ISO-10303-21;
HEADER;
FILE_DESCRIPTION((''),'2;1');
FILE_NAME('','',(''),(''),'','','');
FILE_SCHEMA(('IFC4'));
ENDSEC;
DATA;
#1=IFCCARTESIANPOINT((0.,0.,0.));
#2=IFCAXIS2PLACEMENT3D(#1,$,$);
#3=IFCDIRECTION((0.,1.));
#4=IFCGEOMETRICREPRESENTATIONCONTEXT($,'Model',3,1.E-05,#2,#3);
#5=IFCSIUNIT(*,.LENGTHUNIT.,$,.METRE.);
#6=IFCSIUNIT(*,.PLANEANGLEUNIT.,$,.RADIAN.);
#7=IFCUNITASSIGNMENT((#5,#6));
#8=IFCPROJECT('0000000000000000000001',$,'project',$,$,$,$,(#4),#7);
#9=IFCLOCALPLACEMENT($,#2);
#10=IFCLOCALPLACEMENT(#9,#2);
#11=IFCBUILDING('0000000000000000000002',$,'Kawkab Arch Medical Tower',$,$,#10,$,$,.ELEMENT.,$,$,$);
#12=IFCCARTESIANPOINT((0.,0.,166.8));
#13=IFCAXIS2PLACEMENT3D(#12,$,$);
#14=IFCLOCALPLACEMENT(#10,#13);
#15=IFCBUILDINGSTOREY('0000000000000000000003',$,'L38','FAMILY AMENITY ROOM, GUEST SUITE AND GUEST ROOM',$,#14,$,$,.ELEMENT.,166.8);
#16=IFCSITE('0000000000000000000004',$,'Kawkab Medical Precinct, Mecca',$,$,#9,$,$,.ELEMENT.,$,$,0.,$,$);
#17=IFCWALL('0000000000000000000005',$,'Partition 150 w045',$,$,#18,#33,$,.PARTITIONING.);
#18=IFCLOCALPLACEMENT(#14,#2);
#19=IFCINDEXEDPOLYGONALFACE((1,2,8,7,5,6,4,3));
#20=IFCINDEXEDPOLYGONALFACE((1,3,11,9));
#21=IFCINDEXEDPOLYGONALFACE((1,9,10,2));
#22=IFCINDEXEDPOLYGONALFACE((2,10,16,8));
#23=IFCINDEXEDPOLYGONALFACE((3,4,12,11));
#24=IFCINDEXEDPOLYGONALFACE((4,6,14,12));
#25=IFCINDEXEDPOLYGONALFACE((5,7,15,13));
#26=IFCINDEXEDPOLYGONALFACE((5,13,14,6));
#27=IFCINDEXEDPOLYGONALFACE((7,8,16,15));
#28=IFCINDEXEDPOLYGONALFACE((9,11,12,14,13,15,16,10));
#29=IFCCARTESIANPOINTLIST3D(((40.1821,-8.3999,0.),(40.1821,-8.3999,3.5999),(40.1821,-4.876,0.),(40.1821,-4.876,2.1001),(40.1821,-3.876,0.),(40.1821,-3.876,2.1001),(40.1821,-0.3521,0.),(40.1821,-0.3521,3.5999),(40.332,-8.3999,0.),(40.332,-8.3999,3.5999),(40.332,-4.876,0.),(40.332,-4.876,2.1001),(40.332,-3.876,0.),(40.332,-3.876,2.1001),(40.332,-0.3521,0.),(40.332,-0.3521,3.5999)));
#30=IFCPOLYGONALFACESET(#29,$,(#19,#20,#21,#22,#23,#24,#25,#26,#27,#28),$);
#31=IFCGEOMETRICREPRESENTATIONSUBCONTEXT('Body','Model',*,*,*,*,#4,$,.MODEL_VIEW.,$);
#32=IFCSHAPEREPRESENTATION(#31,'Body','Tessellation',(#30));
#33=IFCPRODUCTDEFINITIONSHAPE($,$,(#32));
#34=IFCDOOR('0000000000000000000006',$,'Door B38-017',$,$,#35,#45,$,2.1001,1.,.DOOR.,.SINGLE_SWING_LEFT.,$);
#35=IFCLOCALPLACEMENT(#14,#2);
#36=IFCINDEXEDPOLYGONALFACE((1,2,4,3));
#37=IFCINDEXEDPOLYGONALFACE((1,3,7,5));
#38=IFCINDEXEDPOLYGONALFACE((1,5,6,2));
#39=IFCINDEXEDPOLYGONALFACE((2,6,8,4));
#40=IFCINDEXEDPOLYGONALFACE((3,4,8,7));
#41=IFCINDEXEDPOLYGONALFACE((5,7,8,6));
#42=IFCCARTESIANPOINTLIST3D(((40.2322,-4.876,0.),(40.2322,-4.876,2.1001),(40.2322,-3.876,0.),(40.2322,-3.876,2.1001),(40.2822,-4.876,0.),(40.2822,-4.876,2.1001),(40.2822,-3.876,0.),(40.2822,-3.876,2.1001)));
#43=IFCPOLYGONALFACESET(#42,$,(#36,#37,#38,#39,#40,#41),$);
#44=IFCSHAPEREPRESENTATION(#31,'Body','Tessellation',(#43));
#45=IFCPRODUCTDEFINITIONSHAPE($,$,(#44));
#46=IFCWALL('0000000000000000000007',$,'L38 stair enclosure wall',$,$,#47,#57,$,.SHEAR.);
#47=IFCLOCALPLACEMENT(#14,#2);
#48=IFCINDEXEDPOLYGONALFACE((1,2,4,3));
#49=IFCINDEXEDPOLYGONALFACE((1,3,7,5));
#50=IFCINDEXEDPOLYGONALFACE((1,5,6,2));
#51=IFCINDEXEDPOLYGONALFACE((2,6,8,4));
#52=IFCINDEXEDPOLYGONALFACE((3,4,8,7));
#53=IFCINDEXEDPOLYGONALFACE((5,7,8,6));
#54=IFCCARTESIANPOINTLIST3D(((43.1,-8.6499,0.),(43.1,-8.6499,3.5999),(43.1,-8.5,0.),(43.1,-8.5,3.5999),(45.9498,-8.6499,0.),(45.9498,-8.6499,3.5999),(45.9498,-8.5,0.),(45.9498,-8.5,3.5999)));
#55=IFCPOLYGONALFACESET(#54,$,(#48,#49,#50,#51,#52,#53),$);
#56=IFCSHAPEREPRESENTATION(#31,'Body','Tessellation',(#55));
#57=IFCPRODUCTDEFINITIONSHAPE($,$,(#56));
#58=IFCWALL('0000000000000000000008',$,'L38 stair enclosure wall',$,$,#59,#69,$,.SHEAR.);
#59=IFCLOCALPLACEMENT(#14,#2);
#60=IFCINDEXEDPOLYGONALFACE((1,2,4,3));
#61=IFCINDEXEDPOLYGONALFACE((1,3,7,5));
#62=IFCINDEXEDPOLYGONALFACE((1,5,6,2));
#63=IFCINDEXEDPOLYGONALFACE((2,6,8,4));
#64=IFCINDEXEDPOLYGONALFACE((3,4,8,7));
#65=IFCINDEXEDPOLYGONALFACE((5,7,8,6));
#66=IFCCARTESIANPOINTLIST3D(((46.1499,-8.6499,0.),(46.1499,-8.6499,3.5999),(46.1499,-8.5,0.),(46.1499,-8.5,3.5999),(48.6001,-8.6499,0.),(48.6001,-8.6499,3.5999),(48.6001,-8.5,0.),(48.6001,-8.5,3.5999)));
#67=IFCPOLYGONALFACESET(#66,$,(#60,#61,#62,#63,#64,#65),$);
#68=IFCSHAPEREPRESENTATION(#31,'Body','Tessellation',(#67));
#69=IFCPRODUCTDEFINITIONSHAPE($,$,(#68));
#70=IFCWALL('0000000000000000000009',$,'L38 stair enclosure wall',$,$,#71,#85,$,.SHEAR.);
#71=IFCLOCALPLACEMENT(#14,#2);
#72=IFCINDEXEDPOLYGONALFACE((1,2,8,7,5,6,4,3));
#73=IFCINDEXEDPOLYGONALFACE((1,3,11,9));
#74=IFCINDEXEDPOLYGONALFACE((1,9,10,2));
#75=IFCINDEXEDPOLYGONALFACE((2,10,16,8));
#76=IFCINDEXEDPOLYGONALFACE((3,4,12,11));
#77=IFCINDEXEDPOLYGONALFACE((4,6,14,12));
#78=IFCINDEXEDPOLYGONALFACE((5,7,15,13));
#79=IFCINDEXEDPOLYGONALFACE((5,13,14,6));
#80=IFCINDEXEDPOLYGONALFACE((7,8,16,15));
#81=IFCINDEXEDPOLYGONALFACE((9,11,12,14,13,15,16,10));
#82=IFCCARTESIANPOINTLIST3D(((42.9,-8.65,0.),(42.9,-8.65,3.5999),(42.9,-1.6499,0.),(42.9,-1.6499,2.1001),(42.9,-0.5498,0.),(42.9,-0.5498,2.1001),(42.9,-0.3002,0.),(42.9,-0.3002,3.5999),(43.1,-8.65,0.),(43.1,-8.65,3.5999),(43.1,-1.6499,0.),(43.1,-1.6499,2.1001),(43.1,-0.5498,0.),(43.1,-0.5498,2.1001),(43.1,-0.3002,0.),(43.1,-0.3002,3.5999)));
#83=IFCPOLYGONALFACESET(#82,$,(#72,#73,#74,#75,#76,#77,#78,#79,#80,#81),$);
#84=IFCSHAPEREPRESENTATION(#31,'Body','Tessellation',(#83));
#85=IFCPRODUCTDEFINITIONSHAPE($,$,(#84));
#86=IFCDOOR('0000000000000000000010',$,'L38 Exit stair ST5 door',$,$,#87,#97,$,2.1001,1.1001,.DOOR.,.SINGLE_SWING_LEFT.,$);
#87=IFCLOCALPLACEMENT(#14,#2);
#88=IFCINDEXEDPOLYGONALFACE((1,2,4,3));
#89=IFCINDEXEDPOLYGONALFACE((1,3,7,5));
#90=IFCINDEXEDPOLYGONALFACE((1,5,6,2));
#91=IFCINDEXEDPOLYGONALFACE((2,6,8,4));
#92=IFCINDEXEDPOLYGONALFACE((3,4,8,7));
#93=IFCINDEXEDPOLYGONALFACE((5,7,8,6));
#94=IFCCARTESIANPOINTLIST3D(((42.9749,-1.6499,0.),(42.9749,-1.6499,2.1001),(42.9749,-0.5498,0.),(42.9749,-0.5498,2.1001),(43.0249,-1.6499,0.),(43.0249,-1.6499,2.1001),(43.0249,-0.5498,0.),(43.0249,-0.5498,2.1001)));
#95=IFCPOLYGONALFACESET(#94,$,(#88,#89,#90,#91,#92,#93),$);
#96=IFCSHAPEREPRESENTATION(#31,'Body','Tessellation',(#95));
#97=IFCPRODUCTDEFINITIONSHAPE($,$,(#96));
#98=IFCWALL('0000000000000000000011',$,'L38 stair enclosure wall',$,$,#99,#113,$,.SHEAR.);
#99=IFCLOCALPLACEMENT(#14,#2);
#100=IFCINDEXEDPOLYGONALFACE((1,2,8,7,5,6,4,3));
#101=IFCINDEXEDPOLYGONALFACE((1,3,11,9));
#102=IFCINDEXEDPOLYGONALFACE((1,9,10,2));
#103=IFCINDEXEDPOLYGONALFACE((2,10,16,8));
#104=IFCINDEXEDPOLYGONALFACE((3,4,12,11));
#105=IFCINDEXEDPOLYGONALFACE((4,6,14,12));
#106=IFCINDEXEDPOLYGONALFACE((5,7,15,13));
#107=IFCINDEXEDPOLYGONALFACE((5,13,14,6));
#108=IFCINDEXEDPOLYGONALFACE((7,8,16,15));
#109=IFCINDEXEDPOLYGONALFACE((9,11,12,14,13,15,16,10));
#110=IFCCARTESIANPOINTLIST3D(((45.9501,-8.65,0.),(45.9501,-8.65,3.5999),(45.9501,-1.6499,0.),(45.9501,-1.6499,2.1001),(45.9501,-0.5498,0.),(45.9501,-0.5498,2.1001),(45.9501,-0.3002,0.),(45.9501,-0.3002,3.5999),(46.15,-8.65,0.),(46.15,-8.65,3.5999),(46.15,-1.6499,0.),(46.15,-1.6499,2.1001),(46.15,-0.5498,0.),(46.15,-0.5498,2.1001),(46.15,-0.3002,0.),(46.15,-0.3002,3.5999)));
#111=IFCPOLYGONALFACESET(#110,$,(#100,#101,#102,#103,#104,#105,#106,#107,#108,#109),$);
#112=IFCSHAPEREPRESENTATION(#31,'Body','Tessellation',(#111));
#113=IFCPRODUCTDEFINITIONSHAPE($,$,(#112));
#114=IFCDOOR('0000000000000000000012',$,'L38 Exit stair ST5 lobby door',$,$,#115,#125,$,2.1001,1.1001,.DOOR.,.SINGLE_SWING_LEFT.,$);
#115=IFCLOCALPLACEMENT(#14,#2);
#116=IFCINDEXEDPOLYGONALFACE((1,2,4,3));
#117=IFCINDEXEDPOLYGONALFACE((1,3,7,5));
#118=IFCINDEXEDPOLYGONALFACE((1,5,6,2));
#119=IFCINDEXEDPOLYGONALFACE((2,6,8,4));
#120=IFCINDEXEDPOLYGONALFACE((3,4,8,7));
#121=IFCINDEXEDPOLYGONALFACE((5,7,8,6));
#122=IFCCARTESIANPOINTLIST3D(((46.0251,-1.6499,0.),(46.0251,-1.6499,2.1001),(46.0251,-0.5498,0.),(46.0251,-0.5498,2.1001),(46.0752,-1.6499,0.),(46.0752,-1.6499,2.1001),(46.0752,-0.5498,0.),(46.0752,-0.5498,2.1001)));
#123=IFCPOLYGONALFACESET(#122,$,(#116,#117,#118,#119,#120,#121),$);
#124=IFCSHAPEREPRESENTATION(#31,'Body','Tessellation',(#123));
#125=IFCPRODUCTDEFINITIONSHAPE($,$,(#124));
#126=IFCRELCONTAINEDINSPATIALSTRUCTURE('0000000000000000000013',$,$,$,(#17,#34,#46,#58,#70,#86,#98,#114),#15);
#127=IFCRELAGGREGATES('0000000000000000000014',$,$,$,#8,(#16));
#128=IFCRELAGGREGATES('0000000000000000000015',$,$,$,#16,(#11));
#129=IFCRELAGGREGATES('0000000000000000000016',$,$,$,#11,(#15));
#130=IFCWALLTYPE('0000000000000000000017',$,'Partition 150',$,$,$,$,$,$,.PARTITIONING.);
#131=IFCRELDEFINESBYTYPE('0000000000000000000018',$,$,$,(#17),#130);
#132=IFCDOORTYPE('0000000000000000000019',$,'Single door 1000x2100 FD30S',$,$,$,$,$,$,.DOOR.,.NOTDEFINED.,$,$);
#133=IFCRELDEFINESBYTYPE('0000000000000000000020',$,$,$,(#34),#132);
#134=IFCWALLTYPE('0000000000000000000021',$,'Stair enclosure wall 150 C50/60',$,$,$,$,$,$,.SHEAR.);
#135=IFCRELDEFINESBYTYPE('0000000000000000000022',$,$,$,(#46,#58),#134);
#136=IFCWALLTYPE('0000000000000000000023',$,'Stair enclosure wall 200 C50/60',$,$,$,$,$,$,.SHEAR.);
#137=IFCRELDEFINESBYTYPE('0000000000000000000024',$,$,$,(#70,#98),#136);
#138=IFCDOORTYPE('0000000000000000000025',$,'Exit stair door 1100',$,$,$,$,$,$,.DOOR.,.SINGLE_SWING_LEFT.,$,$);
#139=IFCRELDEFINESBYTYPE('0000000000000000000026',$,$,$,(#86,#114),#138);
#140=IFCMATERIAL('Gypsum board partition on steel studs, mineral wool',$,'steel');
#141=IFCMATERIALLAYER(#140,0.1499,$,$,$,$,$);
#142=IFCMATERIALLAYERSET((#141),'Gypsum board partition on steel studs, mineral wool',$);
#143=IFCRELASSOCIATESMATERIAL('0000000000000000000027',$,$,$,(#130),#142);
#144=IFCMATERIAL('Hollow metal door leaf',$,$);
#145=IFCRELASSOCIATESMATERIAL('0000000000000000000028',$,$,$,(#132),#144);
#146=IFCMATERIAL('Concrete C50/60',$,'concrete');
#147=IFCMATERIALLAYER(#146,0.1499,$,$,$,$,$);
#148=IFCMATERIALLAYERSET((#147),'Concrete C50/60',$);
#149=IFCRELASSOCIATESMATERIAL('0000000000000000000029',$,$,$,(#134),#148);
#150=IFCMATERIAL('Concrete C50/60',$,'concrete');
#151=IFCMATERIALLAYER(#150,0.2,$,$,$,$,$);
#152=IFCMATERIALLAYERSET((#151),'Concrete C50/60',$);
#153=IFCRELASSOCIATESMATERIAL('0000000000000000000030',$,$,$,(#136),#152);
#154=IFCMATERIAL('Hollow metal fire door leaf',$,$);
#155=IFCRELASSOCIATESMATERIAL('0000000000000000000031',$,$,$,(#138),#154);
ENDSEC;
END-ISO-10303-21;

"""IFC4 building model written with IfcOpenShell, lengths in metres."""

from ifc_helpers import new_model, si_unit, direction, frame, frame_2d, origin, place, context, subcontext, project, spatial, rectangle, extrude, material, layer, layer_set, type_object, element, fill, save


model = new_model("IFC4")

# Units and contexts
model_context = context("Model", 3, precision=1e-05, world=origin(), true_north=direction((0.0, 1.0)))
body_context = subcontext(model_context, "Body", "Model", "MODEL_VIEW")
ifc_project = project(units=[si_unit("LENGTHUNIT", "METRE"), si_unit("PLANEANGLEUNIT", "RADIAN")], contexts=[model_context])

# Site, building, storey
site_placement = place(None, origin())
site = spatial("IfcSite", under=ifc_project, at=site_placement, Name="Kawkab Medical Precinct, Mecca", CompositionType="ELEMENT", RefElevation=0.0)
building_placement = place(site_placement, origin())
building = spatial("IfcBuilding", under=site, at=building_placement, Name="Kawkab Arch Medical Tower", CompositionType="ELEMENT")
storey_placement = place(building_placement, frame((0.0, 0.0, 166.8)))
storey = spatial("IfcBuildingStorey", under=building, at=storey_placement, Name="L38", Description="FAMILY AMENITY ROOM, GUEST SUITE AND GUEST ROOM", CompositionType="ELEMENT", Elevation=166.8)

# Wall, opening, door
ifc_material_1 = material(Name="Gypsum board partition on steel studs, mineral wool", Category="steel")
ifc_layer_1 = layer(ifc_material_1, 0.1499)
ifc_layer_set_1 = layer_set([ifc_layer_1], Name="Gypsum board partition on steel studs, mineral wool")
wall_type_1 = type_object("IfcWallType", Name="Partition 150", PredefinedType="PARTITIONING", material=ifc_layer_set_1)
wall_1_placement = place(storey_placement, frame((40.2571, -8.3999, 0.0), z_axis=(0.0, 0.0, 1.0), x_axis=(0.0, 1.0, 0.0)))
wall_1 = element("IfcWall", 1, at=wall_1_placement, inside=storey, type_object=wall_type_1, Name="Partition 150 w045", PredefinedType="PARTITIONING", context=body_context, shape_type="SweptSolid", body=[
    extrude(rectangle(XDim=8.0479, YDim=0.1499, at=frame_2d((4.0239, 0.0))), origin(), (0.0, 0.0, 1.0), 3.5999),
])
opening_1_placement = place(wall_1_placement, frame((3.5239, 0.0, 0.0)))
opening_1 = element("IfcOpeningElement", 2, at=opening_1_placement, cuts=wall_1, PredefinedType="OPENING", context=body_context, shape_type="SweptSolid", body=[
    extrude(rectangle(XDim=1.0, YDim=2.1001, at=frame_2d((0.5, 1.05))), frame((0.0, 0.085, 0.0), z_axis=(0.0, -1.0, 0.0), x_axis=(1.0, 0.0, 0.0)), (0.0, 0.0, 1.0), 0.1699),
])
ifc_material_2 = material(Name="Hollow metal door leaf")
door_type_1 = type_object("IfcDoorType", Name="Single door 1000x2100 FD30S", OperationType="NOTDEFINED", PredefinedType="DOOR", material=ifc_material_2)
door_1_placement = place(opening_1_placement, origin())
door_1 = element("IfcDoor", 3, at=door_1_placement, inside=storey, type_object=door_type_1, Name="Door B38-017", OperationType="SINGLE_SWING_LEFT", OverallHeight=2.1001, OverallWidth=1.0, PredefinedType="DOOR", context=body_context, shape_type="SweptSolid", body=[
    extrude(rectangle(XDim=1.0, YDim=2.1001, at=frame_2d((0.5, 1.05))), frame((0.0, 0.0249, 0.0), z_axis=(0.0, -1.0, 0.0), x_axis=(1.0, 0.0, 0.0)), (0.0, 0.0, 1.0), 0.05),
])
fill(opening_1, door_1)

# Walls
ifc_material_3 = material(Name="Concrete C50/60", Category="concrete")
ifc_layer_2 = layer(ifc_material_3, 0.1499)
ifc_layer_set_2 = layer_set([ifc_layer_2], Name="Concrete C50/60")
wall_type_2 = type_object("IfcWallType", Name="Stair enclosure wall 150 C50/60", PredefinedType="SHEAR", material=ifc_layer_set_2)
wall_2_placement = place(storey_placement, frame((43.1001, -8.575, 0.0), z_axis=(0.0, 0.0, 1.0), x_axis=(1.0, 0.0, 0.0)))
element("IfcWall", 4, at=wall_2_placement, inside=storey, type_object=wall_type_2, Name="L38 stair enclosure wall", PredefinedType="SHEAR", context=body_context, shape_type="SweptSolid", body=[
    extrude(rectangle(XDim=2.8499, YDim=0.1499, at=frame_2d((1.4248, 0.0))), origin(), (0.0, 0.0, 1.0), 3.5999),
])
wall_3_placement = place(storey_placement, frame((46.1499, -8.575, 0.0), z_axis=(0.0, 0.0, 1.0), x_axis=(1.0, 0.0, 0.0)))
element("IfcWall", 5, at=wall_3_placement, inside=storey, type_object=wall_type_2, Name="L38 stair enclosure wall", PredefinedType="SHEAR", context=body_context, shape_type="SweptSolid", body=[
    extrude(rectangle(XDim=2.4502, YDim=0.1499, at=frame_2d((1.2251, 0.0))), origin(), (0.0, 0.0, 1.0), 3.5999),
])

# Walls, openings, doors
ifc_material_4 = material(Name="Concrete C50/60", Category="concrete")
ifc_layer_3 = layer(ifc_material_4, 0.2)
ifc_layer_set_3 = layer_set([ifc_layer_3], Name="Concrete C50/60")
wall_type_3 = type_object("IfcWallType", Name="Stair enclosure wall 200 C50/60", PredefinedType="SHEAR", material=ifc_layer_set_3)
wall_4_placement = place(storey_placement, frame((43.0, -8.6499, 0.0), z_axis=(0.0, 0.0, 1.0), x_axis=(0.0, 1.0, 0.0)))
wall_4 = element("IfcWall", 6, at=wall_4_placement, inside=storey, type_object=wall_type_3, Name="L38 stair enclosure wall", PredefinedType="SHEAR", context=body_context, shape_type="SweptSolid", body=[
    extrude(rectangle(XDim=8.3499, YDim=0.2, at=frame_2d((4.1748, 0.0))), origin(), (0.0, 0.0, 1.0), 3.5999),
])
opening_2_placement = place(wall_4_placement, frame((7.0, 0.0, 0.0)))
opening_2 = element("IfcOpeningElement", 7, at=opening_2_placement, cuts=wall_4, PredefinedType="OPENING", context=body_context, shape_type="SweptSolid", body=[
    extrude(rectangle(XDim=1.1001, YDim=2.1001, at=frame_2d((0.55, 1.05))), frame((0.0, 0.1099, 0.0), z_axis=(0.0, -1.0, 0.0), x_axis=(1.0, 0.0, 0.0)), (0.0, 0.0, 1.0), 0.22),
])
ifc_material_5 = material(Name="Hollow metal fire door leaf")
door_type_2 = type_object("IfcDoorType", Name="Exit stair door 1100", OperationType="SINGLE_SWING_LEFT", PredefinedType="DOOR", material=ifc_material_5)
door_2_placement = place(opening_2_placement, frame((1.1001, 0.0, 0.0), z_axis=(0.0, 0.0, 1.0), x_axis=(-1.0, 0.0, 0.0)))
door_2 = element("IfcDoor", 8, at=door_2_placement, inside=storey, type_object=door_type_2, Name="L38 Exit stair ST5 door", OperationType="SINGLE_SWING_LEFT", OverallHeight=2.1001, OverallWidth=1.1001, PredefinedType="DOOR", context=body_context, shape_type="SweptSolid", body=[
    extrude(rectangle(XDim=1.1001, YDim=2.1001, at=frame_2d((0.55, 1.05))), frame((0.0, 0.0249, 0.0), z_axis=(0.0, -1.0, 0.0), x_axis=(1.0, 0.0, 0.0)), (0.0, 0.0, 1.0), 0.05),
])
fill(opening_2, door_2)
wall_5_placement = place(storey_placement, frame((46.05, -8.6499, 0.0), z_axis=(0.0, 0.0, 1.0), x_axis=(0.0, 1.0, 0.0)))
wall_5 = element("IfcWall", 9, at=wall_5_placement, inside=storey, type_object=wall_type_3, Name="L38 stair enclosure wall", PredefinedType="SHEAR", context=body_context, shape_type="SweptSolid", body=[
    extrude(rectangle(XDim=8.3499, YDim=0.2, at=frame_2d((4.1748, 0.0))), origin(), (0.0, 0.0, 1.0), 3.5999),
])
opening_3_placement = place(wall_5_placement, frame((7.0, 0.0, 0.0)))
opening_3 = element("IfcOpeningElement", 10, at=opening_3_placement, cuts=wall_5, PredefinedType="OPENING", context=body_context, shape_type="SweptSolid", body=[
    extrude(rectangle(XDim=1.1001, YDim=2.1001, at=frame_2d((0.55, 1.05))), frame((0.0, 0.1099, 0.0), z_axis=(0.0, -1.0, 0.0), x_axis=(1.0, 0.0, 0.0)), (0.0, 0.0, 1.0), 0.22),
])
door_3_placement = place(opening_3_placement, origin())
door_3 = element("IfcDoor", 11, at=door_3_placement, inside=storey, type_object=door_type_2, Name="L38 Exit stair ST5 lobby door", OperationType="SINGLE_SWING_LEFT", OverallHeight=2.1001, OverallWidth=1.1001, PredefinedType="DOOR", context=body_context, shape_type="SweptSolid", body=[
    extrude(rectangle(XDim=1.1001, YDim=2.1001, at=frame_2d((0.55, 1.05))), frame((0.0, 0.0249, 0.0), z_axis=(0.0, -1.0, 0.0), x_axis=(1.0, 0.0, 0.0)), (0.0, 0.0, 1.0), 0.05),
])
fill(opening_3, door_3)

save(model, "model.ifc")
